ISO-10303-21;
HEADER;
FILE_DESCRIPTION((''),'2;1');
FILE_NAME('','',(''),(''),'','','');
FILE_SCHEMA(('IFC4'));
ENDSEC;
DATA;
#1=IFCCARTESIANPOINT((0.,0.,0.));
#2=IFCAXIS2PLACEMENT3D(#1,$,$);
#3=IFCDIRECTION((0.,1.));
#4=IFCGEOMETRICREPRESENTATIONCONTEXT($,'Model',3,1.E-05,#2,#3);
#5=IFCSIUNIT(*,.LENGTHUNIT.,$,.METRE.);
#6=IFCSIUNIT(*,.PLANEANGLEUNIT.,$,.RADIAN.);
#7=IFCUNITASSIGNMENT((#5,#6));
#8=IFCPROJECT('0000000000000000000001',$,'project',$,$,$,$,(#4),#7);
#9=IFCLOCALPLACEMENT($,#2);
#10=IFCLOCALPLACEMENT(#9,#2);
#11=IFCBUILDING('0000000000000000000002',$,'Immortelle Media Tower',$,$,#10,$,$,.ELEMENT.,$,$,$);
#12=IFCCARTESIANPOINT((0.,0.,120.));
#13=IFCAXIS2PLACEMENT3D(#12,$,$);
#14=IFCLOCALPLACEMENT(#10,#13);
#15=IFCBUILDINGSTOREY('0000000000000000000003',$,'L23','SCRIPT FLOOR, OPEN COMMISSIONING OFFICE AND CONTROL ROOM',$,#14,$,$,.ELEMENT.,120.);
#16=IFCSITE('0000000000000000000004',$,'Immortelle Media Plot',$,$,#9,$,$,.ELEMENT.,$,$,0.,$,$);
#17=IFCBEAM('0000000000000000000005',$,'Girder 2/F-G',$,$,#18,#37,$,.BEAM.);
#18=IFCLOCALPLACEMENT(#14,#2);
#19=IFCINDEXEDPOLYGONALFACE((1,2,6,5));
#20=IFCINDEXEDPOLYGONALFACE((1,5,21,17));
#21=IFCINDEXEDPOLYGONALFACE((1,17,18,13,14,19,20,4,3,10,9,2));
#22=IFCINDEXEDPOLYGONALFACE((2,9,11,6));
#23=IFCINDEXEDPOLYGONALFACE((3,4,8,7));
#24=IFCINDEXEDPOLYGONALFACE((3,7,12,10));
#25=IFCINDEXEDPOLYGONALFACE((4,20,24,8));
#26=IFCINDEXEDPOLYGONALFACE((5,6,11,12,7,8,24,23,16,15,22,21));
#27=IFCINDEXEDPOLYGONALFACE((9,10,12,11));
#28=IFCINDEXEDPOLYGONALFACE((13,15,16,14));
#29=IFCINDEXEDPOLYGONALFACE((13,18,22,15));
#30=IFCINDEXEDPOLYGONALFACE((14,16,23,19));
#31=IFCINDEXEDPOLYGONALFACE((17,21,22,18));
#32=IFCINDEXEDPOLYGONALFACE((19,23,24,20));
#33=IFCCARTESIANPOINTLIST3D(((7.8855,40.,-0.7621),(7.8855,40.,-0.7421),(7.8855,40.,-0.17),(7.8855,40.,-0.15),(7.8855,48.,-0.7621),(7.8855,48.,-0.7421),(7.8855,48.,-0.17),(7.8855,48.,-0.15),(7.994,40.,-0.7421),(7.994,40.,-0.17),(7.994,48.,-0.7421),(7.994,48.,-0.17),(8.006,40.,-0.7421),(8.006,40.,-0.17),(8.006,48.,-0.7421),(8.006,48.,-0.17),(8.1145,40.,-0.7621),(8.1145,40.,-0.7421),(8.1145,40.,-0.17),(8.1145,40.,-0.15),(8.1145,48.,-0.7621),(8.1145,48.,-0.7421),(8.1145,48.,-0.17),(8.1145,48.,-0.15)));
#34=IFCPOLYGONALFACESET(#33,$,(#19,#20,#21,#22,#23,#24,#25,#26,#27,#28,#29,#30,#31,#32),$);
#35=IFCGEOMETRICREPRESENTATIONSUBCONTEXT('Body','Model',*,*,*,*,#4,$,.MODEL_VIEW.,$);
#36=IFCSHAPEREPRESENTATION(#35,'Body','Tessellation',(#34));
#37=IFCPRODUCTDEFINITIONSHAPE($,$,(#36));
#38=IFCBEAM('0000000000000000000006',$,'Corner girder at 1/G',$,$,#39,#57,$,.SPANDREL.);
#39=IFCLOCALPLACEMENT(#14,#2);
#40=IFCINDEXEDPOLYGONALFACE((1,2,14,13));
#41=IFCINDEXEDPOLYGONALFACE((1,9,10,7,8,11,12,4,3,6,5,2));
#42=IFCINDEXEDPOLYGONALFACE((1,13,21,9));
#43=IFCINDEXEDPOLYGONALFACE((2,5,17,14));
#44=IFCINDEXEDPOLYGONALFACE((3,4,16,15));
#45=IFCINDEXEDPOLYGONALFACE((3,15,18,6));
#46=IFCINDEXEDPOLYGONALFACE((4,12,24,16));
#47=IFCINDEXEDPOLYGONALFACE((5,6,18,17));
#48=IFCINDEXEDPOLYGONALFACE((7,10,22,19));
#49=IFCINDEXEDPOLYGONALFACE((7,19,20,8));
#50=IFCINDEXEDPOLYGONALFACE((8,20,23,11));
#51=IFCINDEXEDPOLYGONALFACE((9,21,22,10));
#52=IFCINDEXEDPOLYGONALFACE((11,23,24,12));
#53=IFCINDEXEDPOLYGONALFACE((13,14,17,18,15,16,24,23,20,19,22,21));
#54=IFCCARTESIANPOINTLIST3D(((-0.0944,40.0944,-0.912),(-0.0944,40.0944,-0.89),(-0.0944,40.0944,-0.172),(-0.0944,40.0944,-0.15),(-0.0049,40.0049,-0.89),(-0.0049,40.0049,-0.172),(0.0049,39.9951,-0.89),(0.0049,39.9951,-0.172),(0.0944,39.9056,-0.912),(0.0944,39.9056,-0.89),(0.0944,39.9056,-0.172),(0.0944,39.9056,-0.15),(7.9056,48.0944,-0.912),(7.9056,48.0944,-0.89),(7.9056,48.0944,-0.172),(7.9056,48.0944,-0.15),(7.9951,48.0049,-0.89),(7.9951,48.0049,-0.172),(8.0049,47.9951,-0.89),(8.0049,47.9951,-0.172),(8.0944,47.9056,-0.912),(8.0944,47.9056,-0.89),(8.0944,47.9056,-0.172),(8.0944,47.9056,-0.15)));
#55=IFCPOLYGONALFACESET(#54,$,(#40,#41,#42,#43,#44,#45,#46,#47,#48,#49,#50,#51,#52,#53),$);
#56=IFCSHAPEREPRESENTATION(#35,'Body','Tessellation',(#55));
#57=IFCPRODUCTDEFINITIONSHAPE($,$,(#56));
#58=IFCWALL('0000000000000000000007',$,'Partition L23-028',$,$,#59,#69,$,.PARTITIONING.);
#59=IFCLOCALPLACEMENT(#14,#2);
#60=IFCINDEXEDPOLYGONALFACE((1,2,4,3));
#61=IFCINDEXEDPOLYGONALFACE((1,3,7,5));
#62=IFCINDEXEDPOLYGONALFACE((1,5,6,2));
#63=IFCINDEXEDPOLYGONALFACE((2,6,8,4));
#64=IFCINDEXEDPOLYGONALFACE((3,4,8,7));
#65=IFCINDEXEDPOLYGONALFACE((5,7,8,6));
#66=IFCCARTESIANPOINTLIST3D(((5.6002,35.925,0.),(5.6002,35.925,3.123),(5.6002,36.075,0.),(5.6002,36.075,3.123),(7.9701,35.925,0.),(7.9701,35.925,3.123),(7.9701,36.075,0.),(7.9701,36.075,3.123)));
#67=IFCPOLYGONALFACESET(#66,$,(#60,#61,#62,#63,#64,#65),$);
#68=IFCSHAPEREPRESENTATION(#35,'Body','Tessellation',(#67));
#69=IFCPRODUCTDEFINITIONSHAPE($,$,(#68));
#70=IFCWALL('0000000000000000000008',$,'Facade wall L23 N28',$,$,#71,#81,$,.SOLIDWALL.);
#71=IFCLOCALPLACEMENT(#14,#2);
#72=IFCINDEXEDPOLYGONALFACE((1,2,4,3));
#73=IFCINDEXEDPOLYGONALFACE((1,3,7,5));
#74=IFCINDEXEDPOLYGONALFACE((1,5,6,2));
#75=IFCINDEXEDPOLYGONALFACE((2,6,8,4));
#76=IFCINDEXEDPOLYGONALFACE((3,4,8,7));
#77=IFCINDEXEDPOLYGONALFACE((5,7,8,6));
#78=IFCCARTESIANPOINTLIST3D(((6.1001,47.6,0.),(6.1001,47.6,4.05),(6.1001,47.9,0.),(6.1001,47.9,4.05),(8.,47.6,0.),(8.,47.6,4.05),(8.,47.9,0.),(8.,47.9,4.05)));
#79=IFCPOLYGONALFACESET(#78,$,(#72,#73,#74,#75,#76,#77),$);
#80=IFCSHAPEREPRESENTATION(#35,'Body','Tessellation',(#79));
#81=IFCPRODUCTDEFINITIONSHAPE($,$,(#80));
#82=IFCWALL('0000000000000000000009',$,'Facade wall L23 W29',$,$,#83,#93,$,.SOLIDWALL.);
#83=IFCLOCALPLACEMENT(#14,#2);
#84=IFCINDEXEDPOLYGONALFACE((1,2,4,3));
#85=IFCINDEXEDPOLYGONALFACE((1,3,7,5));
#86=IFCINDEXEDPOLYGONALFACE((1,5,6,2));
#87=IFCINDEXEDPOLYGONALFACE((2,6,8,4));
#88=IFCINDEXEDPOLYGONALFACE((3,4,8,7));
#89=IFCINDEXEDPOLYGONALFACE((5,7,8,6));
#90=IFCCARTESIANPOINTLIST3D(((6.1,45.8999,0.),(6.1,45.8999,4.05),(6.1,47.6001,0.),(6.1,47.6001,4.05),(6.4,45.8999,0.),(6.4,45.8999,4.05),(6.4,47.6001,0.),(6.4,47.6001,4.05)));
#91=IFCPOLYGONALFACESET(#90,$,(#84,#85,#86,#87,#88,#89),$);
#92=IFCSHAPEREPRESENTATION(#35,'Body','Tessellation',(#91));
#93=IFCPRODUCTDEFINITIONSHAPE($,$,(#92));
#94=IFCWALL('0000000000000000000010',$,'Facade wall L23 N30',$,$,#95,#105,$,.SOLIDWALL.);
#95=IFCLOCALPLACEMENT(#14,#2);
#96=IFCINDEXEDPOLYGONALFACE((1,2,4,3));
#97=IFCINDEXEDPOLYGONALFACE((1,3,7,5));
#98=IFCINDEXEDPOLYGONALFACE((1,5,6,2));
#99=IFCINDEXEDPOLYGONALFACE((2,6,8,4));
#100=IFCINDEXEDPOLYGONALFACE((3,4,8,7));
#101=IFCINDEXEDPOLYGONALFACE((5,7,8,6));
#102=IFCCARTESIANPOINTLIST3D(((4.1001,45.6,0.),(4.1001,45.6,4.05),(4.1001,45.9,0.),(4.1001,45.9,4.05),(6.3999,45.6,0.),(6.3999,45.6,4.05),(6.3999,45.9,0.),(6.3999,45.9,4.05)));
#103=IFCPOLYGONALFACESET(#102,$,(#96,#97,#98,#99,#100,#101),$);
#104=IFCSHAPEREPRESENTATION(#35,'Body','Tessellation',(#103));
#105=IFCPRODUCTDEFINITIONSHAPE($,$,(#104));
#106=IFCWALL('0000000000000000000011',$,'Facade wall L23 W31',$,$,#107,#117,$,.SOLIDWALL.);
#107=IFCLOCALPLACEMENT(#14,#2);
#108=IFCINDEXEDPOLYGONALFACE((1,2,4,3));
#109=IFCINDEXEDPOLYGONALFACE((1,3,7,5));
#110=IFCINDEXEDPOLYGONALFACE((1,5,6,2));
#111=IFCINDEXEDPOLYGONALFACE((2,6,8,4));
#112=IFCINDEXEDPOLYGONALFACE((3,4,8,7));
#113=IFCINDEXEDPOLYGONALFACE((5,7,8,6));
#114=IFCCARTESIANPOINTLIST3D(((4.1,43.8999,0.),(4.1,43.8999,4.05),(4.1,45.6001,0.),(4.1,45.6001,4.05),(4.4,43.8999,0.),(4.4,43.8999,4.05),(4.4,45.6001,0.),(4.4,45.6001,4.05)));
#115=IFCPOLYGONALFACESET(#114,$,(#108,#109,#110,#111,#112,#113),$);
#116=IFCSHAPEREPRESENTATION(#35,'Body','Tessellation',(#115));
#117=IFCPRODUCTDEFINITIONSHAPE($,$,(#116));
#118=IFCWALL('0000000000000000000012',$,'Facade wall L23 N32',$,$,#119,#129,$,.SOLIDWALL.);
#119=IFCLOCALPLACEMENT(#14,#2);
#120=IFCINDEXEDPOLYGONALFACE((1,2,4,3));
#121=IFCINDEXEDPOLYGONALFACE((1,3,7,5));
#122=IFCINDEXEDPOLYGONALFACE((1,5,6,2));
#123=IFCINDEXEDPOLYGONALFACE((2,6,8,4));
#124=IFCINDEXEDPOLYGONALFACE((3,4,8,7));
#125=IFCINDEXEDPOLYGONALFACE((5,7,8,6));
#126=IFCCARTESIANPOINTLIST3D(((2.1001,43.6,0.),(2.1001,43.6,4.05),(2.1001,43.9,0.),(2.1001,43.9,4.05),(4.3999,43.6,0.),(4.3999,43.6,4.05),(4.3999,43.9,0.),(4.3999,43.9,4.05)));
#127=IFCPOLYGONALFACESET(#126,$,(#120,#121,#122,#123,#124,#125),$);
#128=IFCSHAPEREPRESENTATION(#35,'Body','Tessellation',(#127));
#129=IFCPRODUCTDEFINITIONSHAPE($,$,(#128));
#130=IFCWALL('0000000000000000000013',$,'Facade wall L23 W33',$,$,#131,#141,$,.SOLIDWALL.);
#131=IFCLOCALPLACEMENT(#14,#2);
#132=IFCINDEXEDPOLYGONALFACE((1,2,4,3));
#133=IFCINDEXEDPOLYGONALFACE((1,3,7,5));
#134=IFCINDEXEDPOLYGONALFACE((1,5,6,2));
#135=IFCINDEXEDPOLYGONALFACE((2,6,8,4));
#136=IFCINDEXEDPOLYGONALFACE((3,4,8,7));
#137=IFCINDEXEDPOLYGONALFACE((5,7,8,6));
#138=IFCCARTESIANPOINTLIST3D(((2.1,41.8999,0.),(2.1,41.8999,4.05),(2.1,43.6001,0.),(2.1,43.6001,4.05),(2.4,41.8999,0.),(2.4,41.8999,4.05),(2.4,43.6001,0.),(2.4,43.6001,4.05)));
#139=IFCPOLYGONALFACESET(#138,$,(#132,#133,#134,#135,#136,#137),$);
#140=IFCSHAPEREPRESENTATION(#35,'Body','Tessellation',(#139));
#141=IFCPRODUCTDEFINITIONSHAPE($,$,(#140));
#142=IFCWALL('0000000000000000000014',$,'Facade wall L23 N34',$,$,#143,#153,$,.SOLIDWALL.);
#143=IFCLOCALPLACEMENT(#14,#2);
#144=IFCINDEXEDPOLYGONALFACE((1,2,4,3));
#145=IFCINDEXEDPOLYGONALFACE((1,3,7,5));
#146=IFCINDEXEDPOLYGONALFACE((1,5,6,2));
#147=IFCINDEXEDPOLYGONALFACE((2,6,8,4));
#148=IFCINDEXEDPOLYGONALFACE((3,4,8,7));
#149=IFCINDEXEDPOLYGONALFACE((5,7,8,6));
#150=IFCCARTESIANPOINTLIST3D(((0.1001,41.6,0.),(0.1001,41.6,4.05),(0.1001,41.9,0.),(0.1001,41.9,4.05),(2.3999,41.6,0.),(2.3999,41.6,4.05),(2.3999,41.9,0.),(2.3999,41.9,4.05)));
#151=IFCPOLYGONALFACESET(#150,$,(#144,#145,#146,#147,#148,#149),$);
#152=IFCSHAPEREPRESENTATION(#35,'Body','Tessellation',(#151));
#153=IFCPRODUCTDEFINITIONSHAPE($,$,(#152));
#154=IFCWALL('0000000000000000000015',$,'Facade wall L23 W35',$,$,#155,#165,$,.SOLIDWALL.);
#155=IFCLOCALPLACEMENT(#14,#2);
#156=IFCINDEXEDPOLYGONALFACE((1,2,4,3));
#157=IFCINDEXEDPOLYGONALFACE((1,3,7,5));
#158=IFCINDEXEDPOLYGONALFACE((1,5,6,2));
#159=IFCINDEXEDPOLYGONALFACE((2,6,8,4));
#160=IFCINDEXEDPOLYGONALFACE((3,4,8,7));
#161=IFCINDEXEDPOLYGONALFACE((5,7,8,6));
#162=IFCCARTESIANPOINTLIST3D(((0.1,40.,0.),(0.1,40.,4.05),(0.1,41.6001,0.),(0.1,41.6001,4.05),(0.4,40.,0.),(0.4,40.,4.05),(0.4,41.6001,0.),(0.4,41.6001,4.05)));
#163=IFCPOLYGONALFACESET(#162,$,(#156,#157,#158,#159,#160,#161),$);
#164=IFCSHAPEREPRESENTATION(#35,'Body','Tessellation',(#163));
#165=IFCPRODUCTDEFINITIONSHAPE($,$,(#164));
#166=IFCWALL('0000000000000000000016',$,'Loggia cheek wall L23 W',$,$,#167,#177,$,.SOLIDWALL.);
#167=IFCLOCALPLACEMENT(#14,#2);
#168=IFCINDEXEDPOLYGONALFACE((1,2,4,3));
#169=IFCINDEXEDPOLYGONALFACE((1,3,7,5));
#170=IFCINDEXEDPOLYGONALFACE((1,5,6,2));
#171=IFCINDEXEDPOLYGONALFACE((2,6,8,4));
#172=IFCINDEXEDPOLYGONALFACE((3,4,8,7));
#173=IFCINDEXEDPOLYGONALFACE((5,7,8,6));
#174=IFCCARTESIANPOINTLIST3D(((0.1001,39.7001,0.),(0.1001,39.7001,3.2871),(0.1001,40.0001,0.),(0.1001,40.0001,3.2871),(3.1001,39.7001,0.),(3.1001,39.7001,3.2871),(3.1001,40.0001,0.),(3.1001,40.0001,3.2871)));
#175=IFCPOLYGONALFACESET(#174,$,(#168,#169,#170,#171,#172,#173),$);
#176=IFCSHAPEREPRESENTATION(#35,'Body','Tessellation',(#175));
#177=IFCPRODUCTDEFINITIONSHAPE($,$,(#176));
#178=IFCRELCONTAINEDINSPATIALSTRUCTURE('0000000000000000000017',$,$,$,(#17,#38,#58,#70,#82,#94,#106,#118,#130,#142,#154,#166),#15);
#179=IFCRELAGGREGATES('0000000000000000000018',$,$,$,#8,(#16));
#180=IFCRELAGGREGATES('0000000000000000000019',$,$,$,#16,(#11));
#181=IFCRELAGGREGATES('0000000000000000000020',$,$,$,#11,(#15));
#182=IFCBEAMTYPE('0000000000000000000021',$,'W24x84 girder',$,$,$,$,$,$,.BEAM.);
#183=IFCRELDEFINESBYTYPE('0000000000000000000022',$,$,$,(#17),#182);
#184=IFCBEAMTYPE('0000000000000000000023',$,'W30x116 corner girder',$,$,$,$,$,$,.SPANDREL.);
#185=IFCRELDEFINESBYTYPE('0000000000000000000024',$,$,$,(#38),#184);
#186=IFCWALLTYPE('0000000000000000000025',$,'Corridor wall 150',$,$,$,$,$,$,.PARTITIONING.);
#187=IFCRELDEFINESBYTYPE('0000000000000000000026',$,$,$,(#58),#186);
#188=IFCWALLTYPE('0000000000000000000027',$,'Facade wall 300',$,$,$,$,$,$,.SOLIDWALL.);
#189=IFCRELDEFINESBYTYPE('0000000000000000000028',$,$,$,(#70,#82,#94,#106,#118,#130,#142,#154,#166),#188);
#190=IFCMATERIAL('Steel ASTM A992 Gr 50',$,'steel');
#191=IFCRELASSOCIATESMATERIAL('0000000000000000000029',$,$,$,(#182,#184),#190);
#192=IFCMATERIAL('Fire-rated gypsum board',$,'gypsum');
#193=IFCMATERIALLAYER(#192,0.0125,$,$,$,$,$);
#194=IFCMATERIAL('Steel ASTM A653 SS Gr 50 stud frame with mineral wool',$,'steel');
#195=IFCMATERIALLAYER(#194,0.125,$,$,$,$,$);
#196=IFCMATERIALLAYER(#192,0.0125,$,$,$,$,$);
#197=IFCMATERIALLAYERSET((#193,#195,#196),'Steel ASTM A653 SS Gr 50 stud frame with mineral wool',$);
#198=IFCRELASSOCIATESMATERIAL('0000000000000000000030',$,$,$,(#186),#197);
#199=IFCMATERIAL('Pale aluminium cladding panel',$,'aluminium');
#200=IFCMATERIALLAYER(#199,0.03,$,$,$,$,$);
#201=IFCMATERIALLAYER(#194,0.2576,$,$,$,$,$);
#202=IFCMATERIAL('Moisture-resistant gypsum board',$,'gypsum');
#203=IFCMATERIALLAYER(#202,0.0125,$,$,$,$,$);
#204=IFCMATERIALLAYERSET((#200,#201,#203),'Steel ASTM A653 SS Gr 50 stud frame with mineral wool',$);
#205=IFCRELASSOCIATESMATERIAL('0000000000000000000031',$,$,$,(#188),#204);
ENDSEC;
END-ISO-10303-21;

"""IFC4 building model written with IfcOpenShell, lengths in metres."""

from ifc_helpers import new_model, si_unit, direction, frame, frame_2d, origin, origin_2d, place, context, subcontext, project, spatial, rectangle, i_section, extrude, material, layer, layer_set, material_profile, profile_set, type_object, element, save


model = new_model("IFC4")

# Units and contexts
model_context = context("Model", 3, precision=1e-05, world=origin(), true_north=direction((0.0, 1.0)))
body_context = subcontext(model_context, "Body", "Model", "MODEL_VIEW")
ifc_project = project(units=[si_unit("LENGTHUNIT", "METRE"), si_unit("PLANEANGLEUNIT", "RADIAN")], contexts=[model_context])

# Site, building, storey
site_placement = place(None, origin())
site = spatial("IfcSite", under=ifc_project, at=site_placement, Name="Immortelle Media Plot", CompositionType="ELEMENT", RefElevation=0.0)
building_placement = place(site_placement, origin())
building = spatial("IfcBuilding", under=site, at=building_placement, Name="Immortelle Media Tower", CompositionType="ELEMENT")
storey_placement = place(building_placement, frame((0.0, 0.0, 120.0)))
storey = spatial("IfcBuildingStorey", under=building, at=storey_placement, Name="L23", Description="SCRIPT FLOOR, OPEN COMMISSIONING OFFICE AND CONTROL ROOM", CompositionType="ELEMENT", Elevation=120.0)

# Shared definitions
ifc_material_1 = material(Name="Steel ASTM A992 Gr 50", Category="steel")

# Beams
ifc_material_profile_1 = material_profile(ifc_material_1, i_section(OverallWidth=0.229, OverallDepth=0.6121, WebThickness=0.012, FlangeThickness=0.02, at=origin_2d()), Name="W24x84")
ifc_profile_set_1 = profile_set([ifc_material_profile_1], Name="Steel ASTM A992 Gr 50")
beam_type_1 = type_object("IfcBeamType", Name="W24x84 girder", PredefinedType="BEAM", material=ifc_profile_set_1)
for number, where, z_axis, x_axis, name in (
    (1, (8.0, 40.0, -0.4561), (0.0, 1.0, 0.0), (-1.0, 0.0, 0.0), "Girder 2/F-G"),
):
    element("IfcBeam", number, at=place(storey_placement, frame(where, z_axis=z_axis, x_axis=x_axis)), inside=storey, type_object=beam_type_1, Name=name, PredefinedType="BEAM", context=body_context, shape_type="SweptSolid", body=[
        extrude(i_section(OverallWidth=0.229, OverallDepth=0.6121, WebThickness=0.012, FlangeThickness=0.02, at=origin_2d()), origin(), (0.0, 0.0, 1.0), 8.0),
    ])
ifc_material_profile_2 = material_profile(ifc_material_1, i_section(OverallWidth=0.2671, OverallDepth=0.762, WebThickness=0.0139, FlangeThickness=0.022, at=origin_2d()), Name="W30x116")
ifc_profile_set_2 = profile_set([ifc_material_profile_2], Name="Steel ASTM A992 Gr 50")
beam_type_2 = type_object("IfcBeamType", Name="W30x116 corner girder", PredefinedType="SPANDREL", material=ifc_profile_set_2)
beam_1_placement = place(storey_placement, frame((0.0, 40.0, -0.531), z_axis=(0.707107, 0.707107, 0.0), x_axis=(-0.707107, 0.707107, 0.0)))
element("IfcBeam", 2, at=beam_1_placement, inside=storey, type_object=beam_type_2, Name="Corner girder at 1/G", PredefinedType="SPANDREL", context=body_context, shape_type="SweptSolid", body=[
    extrude(i_section(OverallWidth=0.2671, OverallDepth=0.762, WebThickness=0.0139, FlangeThickness=0.022, at=origin_2d()), origin(), (0.0, 0.0, 1.0), 11.3137),
])

# Walls
ifc_material_2 = material(Name="Fire-rated gypsum board", Category="gypsum")
ifc_layer_1 = layer(ifc_material_2, 0.0125)
ifc_material_3 = material(Name="Steel ASTM A653 SS Gr 50 stud frame with mineral wool", Category="steel")
ifc_layer_2 = layer(ifc_material_3, 0.125)
ifc_layer_3 = layer(ifc_material_2, 0.0125)
ifc_layer_set_1 = layer_set([ifc_layer_1, ifc_layer_2, ifc_layer_3], Name="Steel ASTM A653 SS Gr 50 stud frame with mineral wool")
wall_type_1 = type_object("IfcWallType", Name="Corridor wall 150", PredefinedType="PARTITIONING", material=ifc_layer_set_1)
wall_1_placement = place(storey_placement, frame((5.6001, 36.0, 0.0), z_axis=(0.0, 0.0, 1.0), x_axis=(1.0, 0.0, 0.0)))
element("IfcWall", 3, at=wall_1_placement, inside=storey, type_object=wall_type_1, Name="Partition L23-028", PredefinedType="PARTITIONING", context=body_context, shape_type="SweptSolid", body=[
    extrude(rectangle(XDim=2.3699, YDim=0.1499, at=frame_2d((1.1851, 0.0))), origin(), (0.0, 0.0, 1.0), 3.123),
])
ifc_material_4 = material(Name="Pale aluminium cladding panel", Category="aluminium")
ifc_layer_4 = layer(ifc_material_4, 0.03)
ifc_layer_5 = layer(ifc_material_3, 0.2576)
ifc_material_5 = material(Name="Moisture-resistant gypsum board", Category="gypsum")
ifc_layer_6 = layer(ifc_material_5, 0.0125)
ifc_layer_set_2 = layer_set([ifc_layer_4, ifc_layer_5, ifc_layer_6], Name="Steel ASTM A653 SS Gr 50 stud frame with mineral wool")
wall_type_2 = type_object("IfcWallType", Name="Facade wall 300", PredefinedType="SOLIDWALL", material=ifc_layer_set_2)
wall_2_placement = place(storey_placement, frame((8.0, 47.75, 0.0), z_axis=(0.0, 0.0, 1.0), x_axis=(-1.0, 0.0, 0.0)))
element("IfcWall", 4, at=wall_2_placement, inside=storey, type_object=wall_type_2, Name="Facade wall L23 N28", PredefinedType="SOLIDWALL", context=body_context, shape_type="SweptSolid", body=[
    extrude(rectangle(XDim=1.8999, YDim=0.3, at=frame_2d((0.95, 0.0))), origin(), (0.0, 0.0, 1.0), 4.05),
])
wall_3_placement = place(storey_placement, frame((6.25, 47.6001, 0.0), z_axis=(0.0, 0.0, 1.0), x_axis=(0.0, -1.0, 0.0)))
element("IfcWall", 5, at=wall_3_placement, inside=storey, type_object=wall_type_2, Name="Facade wall L23 W29", PredefinedType="SOLIDWALL", context=body_context, shape_type="SweptSolid", body=[
    extrude(rectangle(XDim=1.7002, YDim=0.3, at=frame_2d((0.8501, 0.0))), origin(), (0.0, 0.0, 1.0), 4.05),
])
wall_4_placement = place(storey_placement, frame((6.3999, 45.75, 0.0), z_axis=(0.0, 0.0, 1.0), x_axis=(-1.0, 0.0, 0.0)))
element("IfcWall", 6, at=wall_4_placement, inside=storey, type_object=wall_type_2, Name="Facade wall L23 N30", PredefinedType="SOLIDWALL", context=body_context, shape_type="SweptSolid", body=[
    extrude(rectangle(XDim=2.2998, YDim=0.3, at=frame_2d((1.1499, 0.0))), origin(), (0.0, 0.0, 1.0), 4.05),
])
wall_5_placement = place(storey_placement, frame((4.25, 45.6001, 0.0), z_axis=(0.0, 0.0, 1.0), x_axis=(0.0, -1.0, 0.0)))
element("IfcWall", 7, at=wall_5_placement, inside=storey, type_object=wall_type_2, Name="Facade wall L23 W31", PredefinedType="SOLIDWALL", context=body_context, shape_type="SweptSolid", body=[
    extrude(rectangle(XDim=1.7002, YDim=0.3, at=frame_2d((0.8501, 0.0))), origin(), (0.0, 0.0, 1.0), 4.05),
])
wall_6_placement = place(storey_placement, frame((4.3999, 43.75, 0.0), z_axis=(0.0, 0.0, 1.0), x_axis=(-1.0, 0.0, 0.0)))
element("IfcWall", 8, at=wall_6_placement, inside=storey, type_object=wall_type_2, Name="Facade wall L23 N32", PredefinedType="SOLIDWALL", context=body_context, shape_type="SweptSolid", body=[
    extrude(rectangle(XDim=2.2998, YDim=0.3, at=frame_2d((1.1499, 0.0))), origin(), (0.0, 0.0, 1.0), 4.05),
])
wall_7_placement = place(storey_placement, frame((2.25, 43.6001, 0.0), z_axis=(0.0, 0.0, 1.0), x_axis=(0.0, -1.0, 0.0)))
element("IfcWall", 9, at=wall_7_placement, inside=storey, type_object=wall_type_2, Name="Facade wall L23 W33", PredefinedType="SOLIDWALL", context=body_context, shape_type="SweptSolid", body=[
    extrude(rectangle(XDim=1.7002, YDim=0.3, at=frame_2d((0.8501, 0.0))), origin(), (0.0, 0.0, 1.0), 4.05),
])
wall_8_placement = place(storey_placement, frame((2.3999, 41.75, 0.0), z_axis=(0.0, 0.0, 1.0), x_axis=(-1.0, 0.0, 0.0)))
element("IfcWall", 10, at=wall_8_placement, inside=storey, type_object=wall_type_2, Name="Facade wall L23 N34", PredefinedType="SOLIDWALL", context=body_context, shape_type="SweptSolid", body=[
    extrude(rectangle(XDim=2.2998, YDim=0.3, at=frame_2d((1.1499, 0.0))), origin(), (0.0, 0.0, 1.0), 4.05),
])
wall_9_placement = place(storey_placement, frame((0.25, 41.6001, 0.0), z_axis=(0.0, 0.0, 1.0), x_axis=(0.0, -1.0, 0.0)))
element("IfcWall", 11, at=wall_9_placement, inside=storey, type_object=wall_type_2, Name="Facade wall L23 W35", PredefinedType="SOLIDWALL", context=body_context, shape_type="SweptSolid", body=[
    extrude(rectangle(XDim=1.6001, YDim=0.3, at=frame_2d((0.8, 0.0))), origin(), (0.0, 0.0, 1.0), 4.05),
])

# Wall
wall_10_placement = place(storey_placement, frame((0.1001, 39.8501, 0.0), z_axis=(0.0, 0.0, 1.0), x_axis=(1.0, 0.0, 0.0)))
element("IfcWall", 12, at=wall_10_placement, inside=storey, type_object=wall_type_2, Name="Loggia cheek wall L23 W", PredefinedType="SOLIDWALL", context=body_context, shape_type="SweptSolid", body=[
    extrude(rectangle(XDim=3.0, YDim=0.3, at=frame_2d((1.5, 0.0))), origin(), (0.0, 0.0, 1.0), 3.2871),
])

save(model, "model.ifc")
